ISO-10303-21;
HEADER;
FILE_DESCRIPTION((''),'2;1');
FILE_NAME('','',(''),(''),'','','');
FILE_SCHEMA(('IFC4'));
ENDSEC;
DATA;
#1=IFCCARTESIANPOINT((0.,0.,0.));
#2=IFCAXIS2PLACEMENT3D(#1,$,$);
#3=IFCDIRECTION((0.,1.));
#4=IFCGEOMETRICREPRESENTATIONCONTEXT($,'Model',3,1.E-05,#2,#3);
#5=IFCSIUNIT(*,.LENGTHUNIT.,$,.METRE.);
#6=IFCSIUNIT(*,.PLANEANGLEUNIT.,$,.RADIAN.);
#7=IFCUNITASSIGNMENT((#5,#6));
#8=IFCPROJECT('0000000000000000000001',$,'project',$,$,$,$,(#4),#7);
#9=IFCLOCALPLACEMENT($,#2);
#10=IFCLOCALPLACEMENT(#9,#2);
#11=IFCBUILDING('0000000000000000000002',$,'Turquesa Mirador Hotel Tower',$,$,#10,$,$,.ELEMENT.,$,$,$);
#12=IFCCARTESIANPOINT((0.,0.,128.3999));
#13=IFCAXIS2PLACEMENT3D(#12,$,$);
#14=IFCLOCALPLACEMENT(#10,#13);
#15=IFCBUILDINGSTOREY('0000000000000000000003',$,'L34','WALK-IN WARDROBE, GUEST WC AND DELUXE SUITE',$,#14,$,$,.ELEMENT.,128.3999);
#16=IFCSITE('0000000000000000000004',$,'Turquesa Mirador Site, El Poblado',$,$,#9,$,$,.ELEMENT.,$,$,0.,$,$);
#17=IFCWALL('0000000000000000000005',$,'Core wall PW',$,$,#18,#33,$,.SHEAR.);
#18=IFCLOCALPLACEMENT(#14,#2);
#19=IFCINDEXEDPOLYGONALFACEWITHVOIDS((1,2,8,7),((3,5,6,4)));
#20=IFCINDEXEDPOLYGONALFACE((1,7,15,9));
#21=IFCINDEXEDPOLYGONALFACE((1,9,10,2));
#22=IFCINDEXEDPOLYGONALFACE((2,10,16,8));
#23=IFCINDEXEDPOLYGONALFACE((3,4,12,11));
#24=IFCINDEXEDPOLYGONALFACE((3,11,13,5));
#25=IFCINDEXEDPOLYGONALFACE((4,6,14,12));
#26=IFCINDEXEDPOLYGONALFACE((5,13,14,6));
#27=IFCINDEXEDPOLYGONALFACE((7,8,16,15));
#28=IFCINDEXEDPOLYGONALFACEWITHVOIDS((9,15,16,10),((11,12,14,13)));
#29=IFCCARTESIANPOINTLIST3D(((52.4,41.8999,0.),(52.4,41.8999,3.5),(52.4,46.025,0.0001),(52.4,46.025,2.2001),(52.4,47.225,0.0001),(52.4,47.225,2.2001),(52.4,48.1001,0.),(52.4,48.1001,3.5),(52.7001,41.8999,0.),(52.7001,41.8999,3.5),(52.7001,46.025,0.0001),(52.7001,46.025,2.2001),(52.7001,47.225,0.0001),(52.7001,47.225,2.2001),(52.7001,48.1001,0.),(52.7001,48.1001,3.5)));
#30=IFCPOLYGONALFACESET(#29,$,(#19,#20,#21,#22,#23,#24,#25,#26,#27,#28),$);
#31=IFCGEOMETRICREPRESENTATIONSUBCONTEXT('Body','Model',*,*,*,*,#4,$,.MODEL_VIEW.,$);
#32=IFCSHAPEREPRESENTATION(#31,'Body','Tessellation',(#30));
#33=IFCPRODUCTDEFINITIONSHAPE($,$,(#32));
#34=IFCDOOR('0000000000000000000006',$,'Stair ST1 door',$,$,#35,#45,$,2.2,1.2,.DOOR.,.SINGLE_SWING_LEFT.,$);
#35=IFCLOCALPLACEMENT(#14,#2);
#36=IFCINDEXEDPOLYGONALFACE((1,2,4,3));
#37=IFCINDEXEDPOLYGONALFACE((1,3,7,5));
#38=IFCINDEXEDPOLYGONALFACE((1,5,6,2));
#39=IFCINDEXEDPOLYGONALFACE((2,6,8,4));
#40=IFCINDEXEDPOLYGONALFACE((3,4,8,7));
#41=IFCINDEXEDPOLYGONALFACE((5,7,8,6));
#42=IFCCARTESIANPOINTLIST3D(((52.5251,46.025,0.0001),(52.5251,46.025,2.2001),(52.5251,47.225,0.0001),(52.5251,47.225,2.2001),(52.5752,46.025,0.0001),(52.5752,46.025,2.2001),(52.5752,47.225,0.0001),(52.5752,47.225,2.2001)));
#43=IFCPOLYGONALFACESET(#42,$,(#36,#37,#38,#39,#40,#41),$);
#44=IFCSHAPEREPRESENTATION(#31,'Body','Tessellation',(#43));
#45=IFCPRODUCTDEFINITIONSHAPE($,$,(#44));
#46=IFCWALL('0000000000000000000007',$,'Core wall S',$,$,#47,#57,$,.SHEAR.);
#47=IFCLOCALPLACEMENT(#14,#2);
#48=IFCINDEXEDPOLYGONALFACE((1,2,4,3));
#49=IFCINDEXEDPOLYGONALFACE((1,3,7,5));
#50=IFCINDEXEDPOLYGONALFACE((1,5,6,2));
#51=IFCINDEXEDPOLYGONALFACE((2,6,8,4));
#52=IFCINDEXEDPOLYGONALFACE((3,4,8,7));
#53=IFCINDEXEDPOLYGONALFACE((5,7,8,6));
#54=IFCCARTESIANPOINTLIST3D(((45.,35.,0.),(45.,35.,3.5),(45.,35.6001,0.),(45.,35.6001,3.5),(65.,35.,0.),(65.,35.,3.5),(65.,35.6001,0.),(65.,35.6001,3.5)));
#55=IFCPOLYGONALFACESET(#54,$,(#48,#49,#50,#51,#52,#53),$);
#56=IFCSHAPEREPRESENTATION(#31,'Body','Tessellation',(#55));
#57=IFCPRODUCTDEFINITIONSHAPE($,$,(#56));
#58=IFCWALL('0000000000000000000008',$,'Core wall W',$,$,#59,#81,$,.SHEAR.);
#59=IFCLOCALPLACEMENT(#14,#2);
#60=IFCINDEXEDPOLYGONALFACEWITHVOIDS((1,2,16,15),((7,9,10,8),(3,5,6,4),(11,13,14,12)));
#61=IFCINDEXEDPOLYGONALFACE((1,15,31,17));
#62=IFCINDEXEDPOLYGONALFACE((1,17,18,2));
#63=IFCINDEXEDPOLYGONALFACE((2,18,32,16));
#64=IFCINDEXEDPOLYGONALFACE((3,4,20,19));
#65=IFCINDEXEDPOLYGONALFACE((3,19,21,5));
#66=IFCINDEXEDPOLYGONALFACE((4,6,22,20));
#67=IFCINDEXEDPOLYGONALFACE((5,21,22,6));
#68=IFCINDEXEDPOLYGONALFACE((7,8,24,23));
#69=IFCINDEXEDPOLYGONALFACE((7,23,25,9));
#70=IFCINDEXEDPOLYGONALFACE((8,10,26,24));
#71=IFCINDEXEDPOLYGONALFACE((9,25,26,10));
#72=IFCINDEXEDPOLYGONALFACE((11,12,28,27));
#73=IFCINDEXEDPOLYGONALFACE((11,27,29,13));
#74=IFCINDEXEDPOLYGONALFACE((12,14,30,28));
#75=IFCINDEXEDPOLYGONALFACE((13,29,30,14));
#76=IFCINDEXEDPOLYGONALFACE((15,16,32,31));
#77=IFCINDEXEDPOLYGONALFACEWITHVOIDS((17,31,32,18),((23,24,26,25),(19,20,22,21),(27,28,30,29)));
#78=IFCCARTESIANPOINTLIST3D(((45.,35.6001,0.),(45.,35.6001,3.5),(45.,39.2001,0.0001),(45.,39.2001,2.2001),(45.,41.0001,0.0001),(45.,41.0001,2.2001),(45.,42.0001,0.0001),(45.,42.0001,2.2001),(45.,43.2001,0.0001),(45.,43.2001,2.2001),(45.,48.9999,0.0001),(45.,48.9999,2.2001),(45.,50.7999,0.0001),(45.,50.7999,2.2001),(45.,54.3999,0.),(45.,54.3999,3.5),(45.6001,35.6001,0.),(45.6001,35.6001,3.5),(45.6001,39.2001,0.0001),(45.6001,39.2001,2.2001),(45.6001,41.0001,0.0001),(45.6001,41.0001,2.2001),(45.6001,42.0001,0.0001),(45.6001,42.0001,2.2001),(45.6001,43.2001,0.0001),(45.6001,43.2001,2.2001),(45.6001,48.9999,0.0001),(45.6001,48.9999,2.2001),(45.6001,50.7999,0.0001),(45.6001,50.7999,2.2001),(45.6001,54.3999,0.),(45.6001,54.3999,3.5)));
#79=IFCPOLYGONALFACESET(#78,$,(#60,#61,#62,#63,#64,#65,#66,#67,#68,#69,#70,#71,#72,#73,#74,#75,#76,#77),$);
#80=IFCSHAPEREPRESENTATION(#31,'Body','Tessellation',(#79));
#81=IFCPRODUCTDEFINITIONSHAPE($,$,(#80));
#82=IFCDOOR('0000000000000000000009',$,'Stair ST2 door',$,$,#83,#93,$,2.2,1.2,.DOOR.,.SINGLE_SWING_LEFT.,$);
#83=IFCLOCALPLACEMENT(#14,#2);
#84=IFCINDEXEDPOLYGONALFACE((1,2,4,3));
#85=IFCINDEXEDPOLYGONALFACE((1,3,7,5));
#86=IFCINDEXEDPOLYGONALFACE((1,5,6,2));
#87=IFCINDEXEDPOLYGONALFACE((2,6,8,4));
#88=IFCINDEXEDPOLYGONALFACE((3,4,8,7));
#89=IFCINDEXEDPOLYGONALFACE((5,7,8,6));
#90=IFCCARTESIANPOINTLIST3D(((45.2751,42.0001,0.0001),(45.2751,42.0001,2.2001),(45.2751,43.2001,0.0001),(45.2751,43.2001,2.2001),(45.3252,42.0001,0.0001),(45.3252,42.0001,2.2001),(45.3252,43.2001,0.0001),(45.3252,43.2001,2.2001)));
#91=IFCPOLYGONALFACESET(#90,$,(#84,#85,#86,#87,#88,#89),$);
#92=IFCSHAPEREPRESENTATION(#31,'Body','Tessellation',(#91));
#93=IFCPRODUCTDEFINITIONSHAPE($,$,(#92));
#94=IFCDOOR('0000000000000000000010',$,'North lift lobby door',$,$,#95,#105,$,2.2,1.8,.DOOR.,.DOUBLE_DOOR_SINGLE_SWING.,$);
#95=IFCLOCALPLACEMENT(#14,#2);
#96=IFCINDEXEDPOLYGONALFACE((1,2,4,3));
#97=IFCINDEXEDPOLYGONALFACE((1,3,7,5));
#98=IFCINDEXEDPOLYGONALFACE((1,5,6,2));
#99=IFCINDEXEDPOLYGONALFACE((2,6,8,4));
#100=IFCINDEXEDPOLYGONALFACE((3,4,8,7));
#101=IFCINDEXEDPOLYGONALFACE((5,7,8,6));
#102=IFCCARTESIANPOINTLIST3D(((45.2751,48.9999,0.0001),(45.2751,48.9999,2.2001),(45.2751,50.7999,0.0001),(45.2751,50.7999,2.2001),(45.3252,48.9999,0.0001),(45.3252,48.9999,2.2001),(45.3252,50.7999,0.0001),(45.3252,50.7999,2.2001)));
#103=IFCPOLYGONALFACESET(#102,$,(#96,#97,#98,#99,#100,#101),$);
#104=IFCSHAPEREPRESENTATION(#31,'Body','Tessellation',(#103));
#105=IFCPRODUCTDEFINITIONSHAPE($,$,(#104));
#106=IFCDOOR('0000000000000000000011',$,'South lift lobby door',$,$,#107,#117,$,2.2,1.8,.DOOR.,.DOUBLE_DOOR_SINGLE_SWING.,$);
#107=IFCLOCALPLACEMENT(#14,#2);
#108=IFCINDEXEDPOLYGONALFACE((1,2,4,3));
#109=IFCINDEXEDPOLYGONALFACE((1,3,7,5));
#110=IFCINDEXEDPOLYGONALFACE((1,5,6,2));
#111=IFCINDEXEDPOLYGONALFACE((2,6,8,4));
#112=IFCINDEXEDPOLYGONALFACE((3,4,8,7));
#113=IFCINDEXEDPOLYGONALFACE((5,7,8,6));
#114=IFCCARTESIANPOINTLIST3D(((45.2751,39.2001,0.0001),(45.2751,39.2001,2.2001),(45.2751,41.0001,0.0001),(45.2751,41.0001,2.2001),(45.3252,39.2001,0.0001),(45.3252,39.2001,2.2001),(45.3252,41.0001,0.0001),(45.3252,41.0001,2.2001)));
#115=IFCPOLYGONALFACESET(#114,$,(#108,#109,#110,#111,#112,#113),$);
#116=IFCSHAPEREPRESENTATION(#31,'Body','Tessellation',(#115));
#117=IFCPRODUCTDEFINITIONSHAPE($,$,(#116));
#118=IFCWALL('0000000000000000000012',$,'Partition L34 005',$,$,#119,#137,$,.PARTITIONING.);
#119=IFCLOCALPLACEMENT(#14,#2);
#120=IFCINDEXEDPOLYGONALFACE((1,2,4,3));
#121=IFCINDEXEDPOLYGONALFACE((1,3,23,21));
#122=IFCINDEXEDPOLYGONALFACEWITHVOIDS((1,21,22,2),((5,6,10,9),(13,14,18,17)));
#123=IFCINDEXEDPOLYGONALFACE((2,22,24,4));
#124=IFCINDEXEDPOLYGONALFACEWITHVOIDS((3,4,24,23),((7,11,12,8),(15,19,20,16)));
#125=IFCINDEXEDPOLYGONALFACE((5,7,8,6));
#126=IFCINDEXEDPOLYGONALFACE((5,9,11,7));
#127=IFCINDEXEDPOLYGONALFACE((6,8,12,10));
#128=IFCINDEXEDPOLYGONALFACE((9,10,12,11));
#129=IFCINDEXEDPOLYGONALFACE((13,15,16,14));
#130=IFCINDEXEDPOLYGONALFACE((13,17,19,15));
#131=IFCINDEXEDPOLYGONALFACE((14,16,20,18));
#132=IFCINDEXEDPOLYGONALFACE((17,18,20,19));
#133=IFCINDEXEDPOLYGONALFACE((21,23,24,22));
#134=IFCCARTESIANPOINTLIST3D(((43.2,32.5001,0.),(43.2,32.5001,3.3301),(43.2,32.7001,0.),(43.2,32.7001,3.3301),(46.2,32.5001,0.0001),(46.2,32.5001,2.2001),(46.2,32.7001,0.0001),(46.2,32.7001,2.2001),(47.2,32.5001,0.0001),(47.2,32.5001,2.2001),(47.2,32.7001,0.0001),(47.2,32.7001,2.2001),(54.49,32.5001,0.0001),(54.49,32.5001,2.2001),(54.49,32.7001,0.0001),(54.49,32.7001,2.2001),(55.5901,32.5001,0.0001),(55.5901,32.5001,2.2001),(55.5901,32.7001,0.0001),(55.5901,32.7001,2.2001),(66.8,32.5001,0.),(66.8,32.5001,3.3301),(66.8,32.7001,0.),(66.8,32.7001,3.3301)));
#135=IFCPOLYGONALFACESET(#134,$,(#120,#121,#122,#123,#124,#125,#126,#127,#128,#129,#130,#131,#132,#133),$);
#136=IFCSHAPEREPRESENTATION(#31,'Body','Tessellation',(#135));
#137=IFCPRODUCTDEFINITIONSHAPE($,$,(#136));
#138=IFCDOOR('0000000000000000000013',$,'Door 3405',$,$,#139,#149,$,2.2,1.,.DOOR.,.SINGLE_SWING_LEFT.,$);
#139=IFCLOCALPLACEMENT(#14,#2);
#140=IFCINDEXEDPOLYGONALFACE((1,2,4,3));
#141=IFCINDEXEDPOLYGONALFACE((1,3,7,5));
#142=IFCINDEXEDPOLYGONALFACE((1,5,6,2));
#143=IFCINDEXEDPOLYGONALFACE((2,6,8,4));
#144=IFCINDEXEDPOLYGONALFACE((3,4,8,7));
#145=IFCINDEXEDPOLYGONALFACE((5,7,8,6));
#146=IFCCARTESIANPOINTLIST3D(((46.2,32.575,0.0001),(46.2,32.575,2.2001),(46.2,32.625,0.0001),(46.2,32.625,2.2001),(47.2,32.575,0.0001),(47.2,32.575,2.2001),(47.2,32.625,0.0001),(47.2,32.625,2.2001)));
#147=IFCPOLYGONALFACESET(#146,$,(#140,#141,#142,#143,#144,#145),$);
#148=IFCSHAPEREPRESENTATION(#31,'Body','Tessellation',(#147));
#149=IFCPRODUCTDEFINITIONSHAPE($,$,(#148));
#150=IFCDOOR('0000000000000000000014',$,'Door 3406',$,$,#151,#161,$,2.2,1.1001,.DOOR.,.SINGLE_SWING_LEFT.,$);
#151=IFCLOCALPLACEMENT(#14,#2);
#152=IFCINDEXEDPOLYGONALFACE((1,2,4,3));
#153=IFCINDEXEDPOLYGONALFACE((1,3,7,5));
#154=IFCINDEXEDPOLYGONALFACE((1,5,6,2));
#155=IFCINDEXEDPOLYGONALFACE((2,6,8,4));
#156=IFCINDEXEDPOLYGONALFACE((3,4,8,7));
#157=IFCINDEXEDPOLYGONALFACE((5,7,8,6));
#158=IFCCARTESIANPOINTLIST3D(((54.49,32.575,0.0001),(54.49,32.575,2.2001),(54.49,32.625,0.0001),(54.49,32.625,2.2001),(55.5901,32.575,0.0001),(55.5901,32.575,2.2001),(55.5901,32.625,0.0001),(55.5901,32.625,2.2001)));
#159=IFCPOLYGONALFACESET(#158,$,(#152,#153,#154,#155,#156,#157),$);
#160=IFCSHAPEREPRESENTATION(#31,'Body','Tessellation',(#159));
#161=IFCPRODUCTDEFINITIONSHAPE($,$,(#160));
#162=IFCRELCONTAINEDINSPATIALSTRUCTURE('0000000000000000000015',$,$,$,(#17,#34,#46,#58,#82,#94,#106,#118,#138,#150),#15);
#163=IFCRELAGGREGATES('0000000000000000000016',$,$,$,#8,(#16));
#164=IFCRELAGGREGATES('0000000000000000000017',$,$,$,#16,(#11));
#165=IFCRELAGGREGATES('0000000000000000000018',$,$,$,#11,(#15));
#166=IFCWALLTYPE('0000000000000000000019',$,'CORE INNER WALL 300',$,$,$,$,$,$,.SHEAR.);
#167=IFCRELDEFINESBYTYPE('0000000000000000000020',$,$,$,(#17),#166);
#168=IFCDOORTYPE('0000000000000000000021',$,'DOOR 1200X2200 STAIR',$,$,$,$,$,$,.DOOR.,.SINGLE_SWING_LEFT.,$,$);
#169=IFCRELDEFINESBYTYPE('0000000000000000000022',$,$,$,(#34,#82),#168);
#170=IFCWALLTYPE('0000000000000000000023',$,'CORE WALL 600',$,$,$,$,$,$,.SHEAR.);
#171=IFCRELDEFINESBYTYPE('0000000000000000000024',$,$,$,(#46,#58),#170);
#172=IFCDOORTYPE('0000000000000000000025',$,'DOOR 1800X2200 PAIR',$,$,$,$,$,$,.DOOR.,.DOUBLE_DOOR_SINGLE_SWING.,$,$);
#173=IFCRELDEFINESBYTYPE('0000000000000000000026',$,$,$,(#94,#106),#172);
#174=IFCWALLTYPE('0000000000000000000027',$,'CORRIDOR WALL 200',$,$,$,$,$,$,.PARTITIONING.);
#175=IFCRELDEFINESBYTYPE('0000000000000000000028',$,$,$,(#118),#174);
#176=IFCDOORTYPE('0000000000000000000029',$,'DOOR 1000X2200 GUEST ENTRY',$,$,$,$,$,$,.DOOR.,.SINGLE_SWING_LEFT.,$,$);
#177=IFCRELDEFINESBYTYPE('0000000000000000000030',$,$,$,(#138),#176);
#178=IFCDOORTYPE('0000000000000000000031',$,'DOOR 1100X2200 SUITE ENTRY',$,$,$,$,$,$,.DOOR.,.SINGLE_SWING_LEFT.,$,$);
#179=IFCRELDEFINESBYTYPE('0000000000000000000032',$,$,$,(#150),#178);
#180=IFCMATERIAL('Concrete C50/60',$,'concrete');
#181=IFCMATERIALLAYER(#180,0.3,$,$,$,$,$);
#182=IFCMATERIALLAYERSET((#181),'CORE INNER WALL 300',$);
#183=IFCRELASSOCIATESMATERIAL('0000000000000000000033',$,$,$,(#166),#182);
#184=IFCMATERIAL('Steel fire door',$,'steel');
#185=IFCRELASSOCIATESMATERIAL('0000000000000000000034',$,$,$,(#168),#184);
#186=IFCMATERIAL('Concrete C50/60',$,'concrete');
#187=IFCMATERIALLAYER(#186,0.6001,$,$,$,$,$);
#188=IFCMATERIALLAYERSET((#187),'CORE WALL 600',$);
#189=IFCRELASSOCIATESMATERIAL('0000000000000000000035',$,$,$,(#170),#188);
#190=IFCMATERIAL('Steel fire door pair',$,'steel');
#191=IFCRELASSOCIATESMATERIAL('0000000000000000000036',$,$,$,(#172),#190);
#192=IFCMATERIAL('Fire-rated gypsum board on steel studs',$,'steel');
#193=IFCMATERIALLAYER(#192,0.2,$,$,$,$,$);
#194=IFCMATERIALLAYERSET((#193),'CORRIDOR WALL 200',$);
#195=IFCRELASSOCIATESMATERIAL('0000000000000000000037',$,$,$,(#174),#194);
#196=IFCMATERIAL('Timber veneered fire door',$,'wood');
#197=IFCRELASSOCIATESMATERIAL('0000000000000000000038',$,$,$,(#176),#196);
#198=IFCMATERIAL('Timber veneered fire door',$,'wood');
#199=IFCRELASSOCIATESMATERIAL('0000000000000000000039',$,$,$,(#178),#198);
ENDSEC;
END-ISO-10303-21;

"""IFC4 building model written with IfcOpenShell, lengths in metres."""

from ifc_helpers import new_model, si_unit, direction, frame, frame_2d, origin, place, context, subcontext, project, spatial, rectangle, extrude, material, layer, layer_set, type_object, element, fill, save


model = new_model("IFC4")

# Units and contexts
model_context = context("Model", 3, precision=1e-05, world=origin(), true_north=direction((0.0, 1.0)))
body_context = subcontext(model_context, "Body", "Model", "MODEL_VIEW")
ifc_project = project(units=[si_unit("LENGTHUNIT", "METRE"), si_unit("PLANEANGLEUNIT", "RADIAN")], contexts=[model_context])

# Site, building, storey
site_placement = place(None, origin())
site = spatial("IfcSite", under=ifc_project, at=site_placement, Name="Turquesa Mirador Site, El Poblado", CompositionType="ELEMENT", RefElevation=0.0)
building_placement = place(site_placement, origin())
building = spatial("IfcBuilding", under=site, at=building_placement, Name="Turquesa Mirador Hotel Tower", CompositionType="ELEMENT")
storey_placement = place(building_placement, frame((0.0, 0.0, 128.3999)))
storey = spatial("IfcBuildingStorey", under=building, at=storey_placement, Name="L34", Description="WALK-IN WARDROBE, GUEST WC AND DELUXE SUITE", CompositionType="ELEMENT", Elevation=128.3999)

# Shared definitions
ifc_material_1 = material(Name="Concrete C50/60", Category="concrete")
ifc_layer_1 = layer(ifc_material_1, 0.3)
ifc_layer_set_1 = layer_set([ifc_layer_1], Name="CORE INNER WALL 300")
wall_type_1 = type_object("IfcWallType", Name="CORE INNER WALL 300", PredefinedType="SHEAR", material=ifc_layer_set_1)

# Wall, opening, door
wall_1_placement = place(storey_placement, frame((52.55, 41.8999, 0.0), z_axis=(0.0, 0.0, 1.0), x_axis=(0.0, 1.0, 0.0)))
wall_1 = element("IfcWall", 1, at=wall_1_placement, inside=storey, type_object=wall_type_1, Name="Core wall PW", PredefinedType="SHEAR", context=body_context, shape_type="SweptSolid", body=[
    extrude(rectangle(XDim=6.2002, YDim=0.3, at=frame_2d((3.1001, 0.0))), origin(), (0.0, 0.0, 1.0), 3.5),
])
opening_1_placement = place(wall_1_placement, frame((4.125, 0.0, 0.0)))
opening_1 = element("IfcOpeningElement", 2, at=opening_1_placement, cuts=wall_1, PredefinedType="OPENING", context=body_context, shape_type="SweptSolid", body=[
    extrude(rectangle(XDim=1.2, YDim=2.2, at=frame_2d((0.6001, 1.1001))), frame((0.0, 0.1599, 0.0), z_axis=(0.0, -1.0, 0.0), x_axis=(1.0, 0.0, 0.0)), (0.0, 0.0, 1.0), 0.3201),
])
ifc_material_2 = material(Name="Steel fire door", Category="steel")
door_type_1 = type_object("IfcDoorType", Name="DOOR 1200X2200 STAIR", OperationType="SINGLE_SWING_LEFT", PredefinedType="DOOR", material=ifc_material_2)
door_1_placement = place(opening_1_placement, origin())
door_1 = element("IfcDoor", 3, at=door_1_placement, inside=storey, type_object=door_type_1, Name="Stair ST1 door", OperationType="SINGLE_SWING_LEFT", OverallHeight=2.2, OverallWidth=1.2, PredefinedType="DOOR", context=body_context, shape_type="SweptSolid", body=[
    extrude(rectangle(XDim=1.2, YDim=2.2, at=frame_2d((0.6001, 1.1001))), frame((0.0, 0.0249, 0.0), z_axis=(0.0, -1.0, 0.0), x_axis=(1.0, 0.0, 0.0)), (0.0, 0.0, 1.0), 0.05),
])
fill(opening_1, door_1)

# Wall
ifc_material_3 = material(Name="Concrete C50/60", Category="concrete")
ifc_layer_2 = layer(ifc_material_3, 0.6001)
ifc_layer_set_2 = layer_set([ifc_layer_2], Name="CORE WALL 600")
wall_type_2 = type_object("IfcWallType", Name="CORE WALL 600", PredefinedType="SHEAR", material=ifc_layer_set_2)
wall_2_placement = place(storey_placement, frame((45.0, 35.3, 0.0), z_axis=(0.0, 0.0, 1.0), x_axis=(1.0, 0.0, 0.0)))
element("IfcWall", 4, at=wall_2_placement, inside=storey, type_object=wall_type_2, Name="Core wall S", PredefinedType="SHEAR", context=body_context, shape_type="SweptSolid", body=[
    extrude(rectangle(XDim=20.0, YDim=0.6001, at=frame_2d((10.0, 0.0))), origin(), (0.0, 0.0, 1.0), 3.5),
])

# Walls, openings, doors
wall_3_placement = place(storey_placement, frame((45.3, 35.6001, 0.0), z_axis=(0.0, 0.0, 1.0), x_axis=(0.0, 1.0, 0.0)))
wall_3 = element("IfcWall", 5, at=wall_3_placement, inside=storey, type_object=wall_type_2, Name="Core wall W", PredefinedType="SHEAR", context=body_context, shape_type="SweptSolid", body=[
    extrude(rectangle(XDim=18.7998, YDim=0.6001, at=frame_2d((9.3999, 0.0))), origin(), (0.0, 0.0, 1.0), 3.5),
])
opening_2_placement = place(wall_3_placement, frame((13.3999, 0.0, 0.0)))
opening_2 = element("IfcOpeningElement", 6, at=opening_2_placement, cuts=wall_3, PredefinedType="OPENING", context=body_context, shape_type="SweptSolid", body=[
    extrude(rectangle(XDim=1.8, YDim=2.2, at=frame_2d((0.8999, 1.1001))), frame((0.0, 0.3101, 0.0), z_axis=(0.0, -1.0, 0.0), x_axis=(1.0, 0.0, 0.0)), (0.0, 0.0, 1.0), 0.6201),
])
opening_3_placement = place(wall_3_placement, frame((3.6001, 0.0, 0.0)))
opening_3 = element("IfcOpeningElement", 7, at=opening_3_placement, cuts=wall_3, PredefinedType="OPENING", context=body_context, shape_type="SweptSolid", body=[
    extrude(rectangle(XDim=1.8, YDim=2.2, at=frame_2d((0.8999, 1.1001))), frame((0.0, 0.3101, 0.0), z_axis=(0.0, -1.0, 0.0), x_axis=(1.0, 0.0, 0.0)), (0.0, 0.0, 1.0), 0.6201),
])
opening_4_placement = place(wall_3_placement, frame((6.3999, 0.0, 0.0)))
opening_4 = element("IfcOpeningElement", 8, at=opening_4_placement, cuts=wall_3, PredefinedType="OPENING", context=body_context, shape_type="SweptSolid", body=[
    extrude(rectangle(XDim=1.2, YDim=2.2, at=frame_2d((0.6001, 1.1001))), frame((0.0, 0.3101, 0.0), z_axis=(0.0, -1.0, 0.0), x_axis=(1.0, 0.0, 0.0)), (0.0, 0.0, 1.0), 0.6201),
])
door_2_placement = place(opening_4_placement, origin())
door_2 = element("IfcDoor", 9, at=door_2_placement, inside=storey, type_object=door_type_1, Name="Stair ST2 door", OperationType="SINGLE_SWING_LEFT", OverallHeight=2.2, OverallWidth=1.2, PredefinedType="DOOR", context=body_context, shape_type="SweptSolid", body=[
    extrude(rectangle(XDim=1.2, YDim=2.2, at=frame_2d((0.6001, 1.1001))), frame((0.0, 0.0249, 0.0), z_axis=(0.0, -1.0, 0.0), x_axis=(1.0, 0.0, 0.0)), (0.0, 0.0, 1.0), 0.05),
])
fill(opening_4, door_2)
ifc_material_4 = material(Name="Steel fire door pair", Category="steel")
door_type_2 = type_object("IfcDoorType", Name="DOOR 1800X2200 PAIR", OperationType="DOUBLE_DOOR_SINGLE_SWING", PredefinedType="DOOR", material=ifc_material_4)
door_3_placement = place(opening_2_placement, origin())
door_3 = element("IfcDoor", 10, at=door_3_placement, inside=storey, type_object=door_type_2, Name="North lift lobby door", OperationType="DOUBLE_DOOR_SINGLE_SWING", OverallHeight=2.2, OverallWidth=1.8, PredefinedType="DOOR", context=body_context, shape_type="SweptSolid", body=[
    extrude(rectangle(XDim=1.8, YDim=2.2, at=frame_2d((0.8999, 1.1001))), frame((0.0, 0.0249, 0.0), z_axis=(0.0, -1.0, 0.0), x_axis=(1.0, 0.0, 0.0)), (0.0, 0.0, 1.0), 0.05),
])
fill(opening_2, door_3)
door_4_placement = place(opening_3_placement, origin())
door_4 = element("IfcDoor", 11, at=door_4_placement, inside=storey, type_object=door_type_2, Name="South lift lobby door", OperationType="DOUBLE_DOOR_SINGLE_SWING", OverallHeight=2.2, OverallWidth=1.8, PredefinedType="DOOR", context=body_context, shape_type="SweptSolid", body=[
    extrude(rectangle(XDim=1.8, YDim=2.2, at=frame_2d((0.8999, 1.1001))), frame((0.0, 0.0249, 0.0), z_axis=(0.0, -1.0, 0.0), x_axis=(1.0, 0.0, 0.0)), (0.0, 0.0, 1.0), 0.05),
])
fill(opening_3, door_4)
ifc_material_5 = material(Name="Fire-rated gypsum board on steel studs", Category="steel")
ifc_layer_3 = layer(ifc_material_5, 0.2)
ifc_layer_set_3 = layer_set([ifc_layer_3], Name="CORRIDOR WALL 200")
wall_type_3 = type_object("IfcWallType", Name="CORRIDOR WALL 200", PredefinedType="PARTITIONING", material=ifc_layer_set_3)
wall_4_placement = place(storey_placement, frame((43.2, 32.6001, 0.0), z_axis=(0.0, 0.0, 1.0), x_axis=(1.0, 0.0, 0.0)))
wall_4 = element("IfcWall", 12, at=wall_4_placement, inside=storey, type_object=wall_type_3, Name="Partition L34 005", PredefinedType="PARTITIONING", context=body_context, shape_type="SweptSolid", body=[
    extrude(rectangle(XDim=23.6001, YDim=0.2, at=frame_2d((11.8, 0.0))), origin(), (0.0, 0.0, 1.0), 3.3301),
])
opening_5_placement = place(wall_4_placement, frame((3.0, 0.0, 0.0)))
opening_5 = element("IfcOpeningElement", 13, at=opening_5_placement, cuts=wall_4, PredefinedType="OPENING", context=body_context, shape_type="SweptSolid", body=[
    extrude(rectangle(XDim=1.0, YDim=2.2, at=frame_2d((0.5, 1.1001))), frame((0.0, 0.1099, 0.0), z_axis=(0.0, -1.0, 0.0), x_axis=(1.0, 0.0, 0.0)), (0.0, 0.0, 1.0), 0.22),
])
opening_6_placement = place(wall_4_placement, frame((11.29, 0.0, 0.0)))
opening_6 = element("IfcOpeningElement", 14, at=opening_6_placement, cuts=wall_4, PredefinedType="OPENING", context=body_context, shape_type="SweptSolid", body=[
    extrude(rectangle(XDim=1.1001, YDim=2.2, at=frame_2d((0.55, 1.1001))), frame((0.0, 0.1099, 0.0), z_axis=(0.0, -1.0, 0.0), x_axis=(1.0, 0.0, 0.0)), (0.0, 0.0, 1.0), 0.22),
])
ifc_material_6 = material(Name="Timber veneered fire door", Category="wood")
door_type_3 = type_object("IfcDoorType", Name="DOOR 1000X2200 GUEST ENTRY", OperationType="SINGLE_SWING_LEFT", PredefinedType="DOOR", material=ifc_material_6)
door_5_placement = place(opening_5_placement, origin())
door_5 = element("IfcDoor", 15, at=door_5_placement, inside=storey, type_object=door_type_3, Name="Door 3405", OperationType="SINGLE_SWING_LEFT", OverallHeight=2.2, OverallWidth=1.0, PredefinedType="DOOR", context=body_context, shape_type="SweptSolid", body=[
    extrude(rectangle(XDim=1.0, YDim=2.2, at=frame_2d((0.5, 1.1001))), frame((0.0, 0.0249, 0.0), z_axis=(0.0, -1.0, 0.0), x_axis=(1.0, 0.0, 0.0)), (0.0, 0.0, 1.0), 0.05),
])
fill(opening_5, door_5)
ifc_material_7 = material(Name="Timber veneered fire door", Category="wood")
door_type_4 = type_object("IfcDoorType", Name="DOOR 1100X2200 SUITE ENTRY", OperationType="SINGLE_SWING_LEFT", PredefinedType="DOOR", material=ifc_material_7)
door_6_placement = place(opening_6_placement, origin())
door_6 = element("IfcDoor", 16, at=door_6_placement, inside=storey, type_object=door_type_4, Name="Door 3406", OperationType="SINGLE_SWING_LEFT", OverallHeight=2.2, OverallWidth=1.1001, PredefinedType="DOOR", context=body_context, shape_type="SweptSolid", body=[
    extrude(rectangle(XDim=1.1001, YDim=2.2, at=frame_2d((0.55, 1.1001))), frame((0.0, 0.0249, 0.0), z_axis=(0.0, -1.0, 0.0), x_axis=(1.0, 0.0, 0.0)), (0.0, 0.0, 1.0), 0.05),
])
fill(opening_6, door_6)

save(model, "model.ifc")
